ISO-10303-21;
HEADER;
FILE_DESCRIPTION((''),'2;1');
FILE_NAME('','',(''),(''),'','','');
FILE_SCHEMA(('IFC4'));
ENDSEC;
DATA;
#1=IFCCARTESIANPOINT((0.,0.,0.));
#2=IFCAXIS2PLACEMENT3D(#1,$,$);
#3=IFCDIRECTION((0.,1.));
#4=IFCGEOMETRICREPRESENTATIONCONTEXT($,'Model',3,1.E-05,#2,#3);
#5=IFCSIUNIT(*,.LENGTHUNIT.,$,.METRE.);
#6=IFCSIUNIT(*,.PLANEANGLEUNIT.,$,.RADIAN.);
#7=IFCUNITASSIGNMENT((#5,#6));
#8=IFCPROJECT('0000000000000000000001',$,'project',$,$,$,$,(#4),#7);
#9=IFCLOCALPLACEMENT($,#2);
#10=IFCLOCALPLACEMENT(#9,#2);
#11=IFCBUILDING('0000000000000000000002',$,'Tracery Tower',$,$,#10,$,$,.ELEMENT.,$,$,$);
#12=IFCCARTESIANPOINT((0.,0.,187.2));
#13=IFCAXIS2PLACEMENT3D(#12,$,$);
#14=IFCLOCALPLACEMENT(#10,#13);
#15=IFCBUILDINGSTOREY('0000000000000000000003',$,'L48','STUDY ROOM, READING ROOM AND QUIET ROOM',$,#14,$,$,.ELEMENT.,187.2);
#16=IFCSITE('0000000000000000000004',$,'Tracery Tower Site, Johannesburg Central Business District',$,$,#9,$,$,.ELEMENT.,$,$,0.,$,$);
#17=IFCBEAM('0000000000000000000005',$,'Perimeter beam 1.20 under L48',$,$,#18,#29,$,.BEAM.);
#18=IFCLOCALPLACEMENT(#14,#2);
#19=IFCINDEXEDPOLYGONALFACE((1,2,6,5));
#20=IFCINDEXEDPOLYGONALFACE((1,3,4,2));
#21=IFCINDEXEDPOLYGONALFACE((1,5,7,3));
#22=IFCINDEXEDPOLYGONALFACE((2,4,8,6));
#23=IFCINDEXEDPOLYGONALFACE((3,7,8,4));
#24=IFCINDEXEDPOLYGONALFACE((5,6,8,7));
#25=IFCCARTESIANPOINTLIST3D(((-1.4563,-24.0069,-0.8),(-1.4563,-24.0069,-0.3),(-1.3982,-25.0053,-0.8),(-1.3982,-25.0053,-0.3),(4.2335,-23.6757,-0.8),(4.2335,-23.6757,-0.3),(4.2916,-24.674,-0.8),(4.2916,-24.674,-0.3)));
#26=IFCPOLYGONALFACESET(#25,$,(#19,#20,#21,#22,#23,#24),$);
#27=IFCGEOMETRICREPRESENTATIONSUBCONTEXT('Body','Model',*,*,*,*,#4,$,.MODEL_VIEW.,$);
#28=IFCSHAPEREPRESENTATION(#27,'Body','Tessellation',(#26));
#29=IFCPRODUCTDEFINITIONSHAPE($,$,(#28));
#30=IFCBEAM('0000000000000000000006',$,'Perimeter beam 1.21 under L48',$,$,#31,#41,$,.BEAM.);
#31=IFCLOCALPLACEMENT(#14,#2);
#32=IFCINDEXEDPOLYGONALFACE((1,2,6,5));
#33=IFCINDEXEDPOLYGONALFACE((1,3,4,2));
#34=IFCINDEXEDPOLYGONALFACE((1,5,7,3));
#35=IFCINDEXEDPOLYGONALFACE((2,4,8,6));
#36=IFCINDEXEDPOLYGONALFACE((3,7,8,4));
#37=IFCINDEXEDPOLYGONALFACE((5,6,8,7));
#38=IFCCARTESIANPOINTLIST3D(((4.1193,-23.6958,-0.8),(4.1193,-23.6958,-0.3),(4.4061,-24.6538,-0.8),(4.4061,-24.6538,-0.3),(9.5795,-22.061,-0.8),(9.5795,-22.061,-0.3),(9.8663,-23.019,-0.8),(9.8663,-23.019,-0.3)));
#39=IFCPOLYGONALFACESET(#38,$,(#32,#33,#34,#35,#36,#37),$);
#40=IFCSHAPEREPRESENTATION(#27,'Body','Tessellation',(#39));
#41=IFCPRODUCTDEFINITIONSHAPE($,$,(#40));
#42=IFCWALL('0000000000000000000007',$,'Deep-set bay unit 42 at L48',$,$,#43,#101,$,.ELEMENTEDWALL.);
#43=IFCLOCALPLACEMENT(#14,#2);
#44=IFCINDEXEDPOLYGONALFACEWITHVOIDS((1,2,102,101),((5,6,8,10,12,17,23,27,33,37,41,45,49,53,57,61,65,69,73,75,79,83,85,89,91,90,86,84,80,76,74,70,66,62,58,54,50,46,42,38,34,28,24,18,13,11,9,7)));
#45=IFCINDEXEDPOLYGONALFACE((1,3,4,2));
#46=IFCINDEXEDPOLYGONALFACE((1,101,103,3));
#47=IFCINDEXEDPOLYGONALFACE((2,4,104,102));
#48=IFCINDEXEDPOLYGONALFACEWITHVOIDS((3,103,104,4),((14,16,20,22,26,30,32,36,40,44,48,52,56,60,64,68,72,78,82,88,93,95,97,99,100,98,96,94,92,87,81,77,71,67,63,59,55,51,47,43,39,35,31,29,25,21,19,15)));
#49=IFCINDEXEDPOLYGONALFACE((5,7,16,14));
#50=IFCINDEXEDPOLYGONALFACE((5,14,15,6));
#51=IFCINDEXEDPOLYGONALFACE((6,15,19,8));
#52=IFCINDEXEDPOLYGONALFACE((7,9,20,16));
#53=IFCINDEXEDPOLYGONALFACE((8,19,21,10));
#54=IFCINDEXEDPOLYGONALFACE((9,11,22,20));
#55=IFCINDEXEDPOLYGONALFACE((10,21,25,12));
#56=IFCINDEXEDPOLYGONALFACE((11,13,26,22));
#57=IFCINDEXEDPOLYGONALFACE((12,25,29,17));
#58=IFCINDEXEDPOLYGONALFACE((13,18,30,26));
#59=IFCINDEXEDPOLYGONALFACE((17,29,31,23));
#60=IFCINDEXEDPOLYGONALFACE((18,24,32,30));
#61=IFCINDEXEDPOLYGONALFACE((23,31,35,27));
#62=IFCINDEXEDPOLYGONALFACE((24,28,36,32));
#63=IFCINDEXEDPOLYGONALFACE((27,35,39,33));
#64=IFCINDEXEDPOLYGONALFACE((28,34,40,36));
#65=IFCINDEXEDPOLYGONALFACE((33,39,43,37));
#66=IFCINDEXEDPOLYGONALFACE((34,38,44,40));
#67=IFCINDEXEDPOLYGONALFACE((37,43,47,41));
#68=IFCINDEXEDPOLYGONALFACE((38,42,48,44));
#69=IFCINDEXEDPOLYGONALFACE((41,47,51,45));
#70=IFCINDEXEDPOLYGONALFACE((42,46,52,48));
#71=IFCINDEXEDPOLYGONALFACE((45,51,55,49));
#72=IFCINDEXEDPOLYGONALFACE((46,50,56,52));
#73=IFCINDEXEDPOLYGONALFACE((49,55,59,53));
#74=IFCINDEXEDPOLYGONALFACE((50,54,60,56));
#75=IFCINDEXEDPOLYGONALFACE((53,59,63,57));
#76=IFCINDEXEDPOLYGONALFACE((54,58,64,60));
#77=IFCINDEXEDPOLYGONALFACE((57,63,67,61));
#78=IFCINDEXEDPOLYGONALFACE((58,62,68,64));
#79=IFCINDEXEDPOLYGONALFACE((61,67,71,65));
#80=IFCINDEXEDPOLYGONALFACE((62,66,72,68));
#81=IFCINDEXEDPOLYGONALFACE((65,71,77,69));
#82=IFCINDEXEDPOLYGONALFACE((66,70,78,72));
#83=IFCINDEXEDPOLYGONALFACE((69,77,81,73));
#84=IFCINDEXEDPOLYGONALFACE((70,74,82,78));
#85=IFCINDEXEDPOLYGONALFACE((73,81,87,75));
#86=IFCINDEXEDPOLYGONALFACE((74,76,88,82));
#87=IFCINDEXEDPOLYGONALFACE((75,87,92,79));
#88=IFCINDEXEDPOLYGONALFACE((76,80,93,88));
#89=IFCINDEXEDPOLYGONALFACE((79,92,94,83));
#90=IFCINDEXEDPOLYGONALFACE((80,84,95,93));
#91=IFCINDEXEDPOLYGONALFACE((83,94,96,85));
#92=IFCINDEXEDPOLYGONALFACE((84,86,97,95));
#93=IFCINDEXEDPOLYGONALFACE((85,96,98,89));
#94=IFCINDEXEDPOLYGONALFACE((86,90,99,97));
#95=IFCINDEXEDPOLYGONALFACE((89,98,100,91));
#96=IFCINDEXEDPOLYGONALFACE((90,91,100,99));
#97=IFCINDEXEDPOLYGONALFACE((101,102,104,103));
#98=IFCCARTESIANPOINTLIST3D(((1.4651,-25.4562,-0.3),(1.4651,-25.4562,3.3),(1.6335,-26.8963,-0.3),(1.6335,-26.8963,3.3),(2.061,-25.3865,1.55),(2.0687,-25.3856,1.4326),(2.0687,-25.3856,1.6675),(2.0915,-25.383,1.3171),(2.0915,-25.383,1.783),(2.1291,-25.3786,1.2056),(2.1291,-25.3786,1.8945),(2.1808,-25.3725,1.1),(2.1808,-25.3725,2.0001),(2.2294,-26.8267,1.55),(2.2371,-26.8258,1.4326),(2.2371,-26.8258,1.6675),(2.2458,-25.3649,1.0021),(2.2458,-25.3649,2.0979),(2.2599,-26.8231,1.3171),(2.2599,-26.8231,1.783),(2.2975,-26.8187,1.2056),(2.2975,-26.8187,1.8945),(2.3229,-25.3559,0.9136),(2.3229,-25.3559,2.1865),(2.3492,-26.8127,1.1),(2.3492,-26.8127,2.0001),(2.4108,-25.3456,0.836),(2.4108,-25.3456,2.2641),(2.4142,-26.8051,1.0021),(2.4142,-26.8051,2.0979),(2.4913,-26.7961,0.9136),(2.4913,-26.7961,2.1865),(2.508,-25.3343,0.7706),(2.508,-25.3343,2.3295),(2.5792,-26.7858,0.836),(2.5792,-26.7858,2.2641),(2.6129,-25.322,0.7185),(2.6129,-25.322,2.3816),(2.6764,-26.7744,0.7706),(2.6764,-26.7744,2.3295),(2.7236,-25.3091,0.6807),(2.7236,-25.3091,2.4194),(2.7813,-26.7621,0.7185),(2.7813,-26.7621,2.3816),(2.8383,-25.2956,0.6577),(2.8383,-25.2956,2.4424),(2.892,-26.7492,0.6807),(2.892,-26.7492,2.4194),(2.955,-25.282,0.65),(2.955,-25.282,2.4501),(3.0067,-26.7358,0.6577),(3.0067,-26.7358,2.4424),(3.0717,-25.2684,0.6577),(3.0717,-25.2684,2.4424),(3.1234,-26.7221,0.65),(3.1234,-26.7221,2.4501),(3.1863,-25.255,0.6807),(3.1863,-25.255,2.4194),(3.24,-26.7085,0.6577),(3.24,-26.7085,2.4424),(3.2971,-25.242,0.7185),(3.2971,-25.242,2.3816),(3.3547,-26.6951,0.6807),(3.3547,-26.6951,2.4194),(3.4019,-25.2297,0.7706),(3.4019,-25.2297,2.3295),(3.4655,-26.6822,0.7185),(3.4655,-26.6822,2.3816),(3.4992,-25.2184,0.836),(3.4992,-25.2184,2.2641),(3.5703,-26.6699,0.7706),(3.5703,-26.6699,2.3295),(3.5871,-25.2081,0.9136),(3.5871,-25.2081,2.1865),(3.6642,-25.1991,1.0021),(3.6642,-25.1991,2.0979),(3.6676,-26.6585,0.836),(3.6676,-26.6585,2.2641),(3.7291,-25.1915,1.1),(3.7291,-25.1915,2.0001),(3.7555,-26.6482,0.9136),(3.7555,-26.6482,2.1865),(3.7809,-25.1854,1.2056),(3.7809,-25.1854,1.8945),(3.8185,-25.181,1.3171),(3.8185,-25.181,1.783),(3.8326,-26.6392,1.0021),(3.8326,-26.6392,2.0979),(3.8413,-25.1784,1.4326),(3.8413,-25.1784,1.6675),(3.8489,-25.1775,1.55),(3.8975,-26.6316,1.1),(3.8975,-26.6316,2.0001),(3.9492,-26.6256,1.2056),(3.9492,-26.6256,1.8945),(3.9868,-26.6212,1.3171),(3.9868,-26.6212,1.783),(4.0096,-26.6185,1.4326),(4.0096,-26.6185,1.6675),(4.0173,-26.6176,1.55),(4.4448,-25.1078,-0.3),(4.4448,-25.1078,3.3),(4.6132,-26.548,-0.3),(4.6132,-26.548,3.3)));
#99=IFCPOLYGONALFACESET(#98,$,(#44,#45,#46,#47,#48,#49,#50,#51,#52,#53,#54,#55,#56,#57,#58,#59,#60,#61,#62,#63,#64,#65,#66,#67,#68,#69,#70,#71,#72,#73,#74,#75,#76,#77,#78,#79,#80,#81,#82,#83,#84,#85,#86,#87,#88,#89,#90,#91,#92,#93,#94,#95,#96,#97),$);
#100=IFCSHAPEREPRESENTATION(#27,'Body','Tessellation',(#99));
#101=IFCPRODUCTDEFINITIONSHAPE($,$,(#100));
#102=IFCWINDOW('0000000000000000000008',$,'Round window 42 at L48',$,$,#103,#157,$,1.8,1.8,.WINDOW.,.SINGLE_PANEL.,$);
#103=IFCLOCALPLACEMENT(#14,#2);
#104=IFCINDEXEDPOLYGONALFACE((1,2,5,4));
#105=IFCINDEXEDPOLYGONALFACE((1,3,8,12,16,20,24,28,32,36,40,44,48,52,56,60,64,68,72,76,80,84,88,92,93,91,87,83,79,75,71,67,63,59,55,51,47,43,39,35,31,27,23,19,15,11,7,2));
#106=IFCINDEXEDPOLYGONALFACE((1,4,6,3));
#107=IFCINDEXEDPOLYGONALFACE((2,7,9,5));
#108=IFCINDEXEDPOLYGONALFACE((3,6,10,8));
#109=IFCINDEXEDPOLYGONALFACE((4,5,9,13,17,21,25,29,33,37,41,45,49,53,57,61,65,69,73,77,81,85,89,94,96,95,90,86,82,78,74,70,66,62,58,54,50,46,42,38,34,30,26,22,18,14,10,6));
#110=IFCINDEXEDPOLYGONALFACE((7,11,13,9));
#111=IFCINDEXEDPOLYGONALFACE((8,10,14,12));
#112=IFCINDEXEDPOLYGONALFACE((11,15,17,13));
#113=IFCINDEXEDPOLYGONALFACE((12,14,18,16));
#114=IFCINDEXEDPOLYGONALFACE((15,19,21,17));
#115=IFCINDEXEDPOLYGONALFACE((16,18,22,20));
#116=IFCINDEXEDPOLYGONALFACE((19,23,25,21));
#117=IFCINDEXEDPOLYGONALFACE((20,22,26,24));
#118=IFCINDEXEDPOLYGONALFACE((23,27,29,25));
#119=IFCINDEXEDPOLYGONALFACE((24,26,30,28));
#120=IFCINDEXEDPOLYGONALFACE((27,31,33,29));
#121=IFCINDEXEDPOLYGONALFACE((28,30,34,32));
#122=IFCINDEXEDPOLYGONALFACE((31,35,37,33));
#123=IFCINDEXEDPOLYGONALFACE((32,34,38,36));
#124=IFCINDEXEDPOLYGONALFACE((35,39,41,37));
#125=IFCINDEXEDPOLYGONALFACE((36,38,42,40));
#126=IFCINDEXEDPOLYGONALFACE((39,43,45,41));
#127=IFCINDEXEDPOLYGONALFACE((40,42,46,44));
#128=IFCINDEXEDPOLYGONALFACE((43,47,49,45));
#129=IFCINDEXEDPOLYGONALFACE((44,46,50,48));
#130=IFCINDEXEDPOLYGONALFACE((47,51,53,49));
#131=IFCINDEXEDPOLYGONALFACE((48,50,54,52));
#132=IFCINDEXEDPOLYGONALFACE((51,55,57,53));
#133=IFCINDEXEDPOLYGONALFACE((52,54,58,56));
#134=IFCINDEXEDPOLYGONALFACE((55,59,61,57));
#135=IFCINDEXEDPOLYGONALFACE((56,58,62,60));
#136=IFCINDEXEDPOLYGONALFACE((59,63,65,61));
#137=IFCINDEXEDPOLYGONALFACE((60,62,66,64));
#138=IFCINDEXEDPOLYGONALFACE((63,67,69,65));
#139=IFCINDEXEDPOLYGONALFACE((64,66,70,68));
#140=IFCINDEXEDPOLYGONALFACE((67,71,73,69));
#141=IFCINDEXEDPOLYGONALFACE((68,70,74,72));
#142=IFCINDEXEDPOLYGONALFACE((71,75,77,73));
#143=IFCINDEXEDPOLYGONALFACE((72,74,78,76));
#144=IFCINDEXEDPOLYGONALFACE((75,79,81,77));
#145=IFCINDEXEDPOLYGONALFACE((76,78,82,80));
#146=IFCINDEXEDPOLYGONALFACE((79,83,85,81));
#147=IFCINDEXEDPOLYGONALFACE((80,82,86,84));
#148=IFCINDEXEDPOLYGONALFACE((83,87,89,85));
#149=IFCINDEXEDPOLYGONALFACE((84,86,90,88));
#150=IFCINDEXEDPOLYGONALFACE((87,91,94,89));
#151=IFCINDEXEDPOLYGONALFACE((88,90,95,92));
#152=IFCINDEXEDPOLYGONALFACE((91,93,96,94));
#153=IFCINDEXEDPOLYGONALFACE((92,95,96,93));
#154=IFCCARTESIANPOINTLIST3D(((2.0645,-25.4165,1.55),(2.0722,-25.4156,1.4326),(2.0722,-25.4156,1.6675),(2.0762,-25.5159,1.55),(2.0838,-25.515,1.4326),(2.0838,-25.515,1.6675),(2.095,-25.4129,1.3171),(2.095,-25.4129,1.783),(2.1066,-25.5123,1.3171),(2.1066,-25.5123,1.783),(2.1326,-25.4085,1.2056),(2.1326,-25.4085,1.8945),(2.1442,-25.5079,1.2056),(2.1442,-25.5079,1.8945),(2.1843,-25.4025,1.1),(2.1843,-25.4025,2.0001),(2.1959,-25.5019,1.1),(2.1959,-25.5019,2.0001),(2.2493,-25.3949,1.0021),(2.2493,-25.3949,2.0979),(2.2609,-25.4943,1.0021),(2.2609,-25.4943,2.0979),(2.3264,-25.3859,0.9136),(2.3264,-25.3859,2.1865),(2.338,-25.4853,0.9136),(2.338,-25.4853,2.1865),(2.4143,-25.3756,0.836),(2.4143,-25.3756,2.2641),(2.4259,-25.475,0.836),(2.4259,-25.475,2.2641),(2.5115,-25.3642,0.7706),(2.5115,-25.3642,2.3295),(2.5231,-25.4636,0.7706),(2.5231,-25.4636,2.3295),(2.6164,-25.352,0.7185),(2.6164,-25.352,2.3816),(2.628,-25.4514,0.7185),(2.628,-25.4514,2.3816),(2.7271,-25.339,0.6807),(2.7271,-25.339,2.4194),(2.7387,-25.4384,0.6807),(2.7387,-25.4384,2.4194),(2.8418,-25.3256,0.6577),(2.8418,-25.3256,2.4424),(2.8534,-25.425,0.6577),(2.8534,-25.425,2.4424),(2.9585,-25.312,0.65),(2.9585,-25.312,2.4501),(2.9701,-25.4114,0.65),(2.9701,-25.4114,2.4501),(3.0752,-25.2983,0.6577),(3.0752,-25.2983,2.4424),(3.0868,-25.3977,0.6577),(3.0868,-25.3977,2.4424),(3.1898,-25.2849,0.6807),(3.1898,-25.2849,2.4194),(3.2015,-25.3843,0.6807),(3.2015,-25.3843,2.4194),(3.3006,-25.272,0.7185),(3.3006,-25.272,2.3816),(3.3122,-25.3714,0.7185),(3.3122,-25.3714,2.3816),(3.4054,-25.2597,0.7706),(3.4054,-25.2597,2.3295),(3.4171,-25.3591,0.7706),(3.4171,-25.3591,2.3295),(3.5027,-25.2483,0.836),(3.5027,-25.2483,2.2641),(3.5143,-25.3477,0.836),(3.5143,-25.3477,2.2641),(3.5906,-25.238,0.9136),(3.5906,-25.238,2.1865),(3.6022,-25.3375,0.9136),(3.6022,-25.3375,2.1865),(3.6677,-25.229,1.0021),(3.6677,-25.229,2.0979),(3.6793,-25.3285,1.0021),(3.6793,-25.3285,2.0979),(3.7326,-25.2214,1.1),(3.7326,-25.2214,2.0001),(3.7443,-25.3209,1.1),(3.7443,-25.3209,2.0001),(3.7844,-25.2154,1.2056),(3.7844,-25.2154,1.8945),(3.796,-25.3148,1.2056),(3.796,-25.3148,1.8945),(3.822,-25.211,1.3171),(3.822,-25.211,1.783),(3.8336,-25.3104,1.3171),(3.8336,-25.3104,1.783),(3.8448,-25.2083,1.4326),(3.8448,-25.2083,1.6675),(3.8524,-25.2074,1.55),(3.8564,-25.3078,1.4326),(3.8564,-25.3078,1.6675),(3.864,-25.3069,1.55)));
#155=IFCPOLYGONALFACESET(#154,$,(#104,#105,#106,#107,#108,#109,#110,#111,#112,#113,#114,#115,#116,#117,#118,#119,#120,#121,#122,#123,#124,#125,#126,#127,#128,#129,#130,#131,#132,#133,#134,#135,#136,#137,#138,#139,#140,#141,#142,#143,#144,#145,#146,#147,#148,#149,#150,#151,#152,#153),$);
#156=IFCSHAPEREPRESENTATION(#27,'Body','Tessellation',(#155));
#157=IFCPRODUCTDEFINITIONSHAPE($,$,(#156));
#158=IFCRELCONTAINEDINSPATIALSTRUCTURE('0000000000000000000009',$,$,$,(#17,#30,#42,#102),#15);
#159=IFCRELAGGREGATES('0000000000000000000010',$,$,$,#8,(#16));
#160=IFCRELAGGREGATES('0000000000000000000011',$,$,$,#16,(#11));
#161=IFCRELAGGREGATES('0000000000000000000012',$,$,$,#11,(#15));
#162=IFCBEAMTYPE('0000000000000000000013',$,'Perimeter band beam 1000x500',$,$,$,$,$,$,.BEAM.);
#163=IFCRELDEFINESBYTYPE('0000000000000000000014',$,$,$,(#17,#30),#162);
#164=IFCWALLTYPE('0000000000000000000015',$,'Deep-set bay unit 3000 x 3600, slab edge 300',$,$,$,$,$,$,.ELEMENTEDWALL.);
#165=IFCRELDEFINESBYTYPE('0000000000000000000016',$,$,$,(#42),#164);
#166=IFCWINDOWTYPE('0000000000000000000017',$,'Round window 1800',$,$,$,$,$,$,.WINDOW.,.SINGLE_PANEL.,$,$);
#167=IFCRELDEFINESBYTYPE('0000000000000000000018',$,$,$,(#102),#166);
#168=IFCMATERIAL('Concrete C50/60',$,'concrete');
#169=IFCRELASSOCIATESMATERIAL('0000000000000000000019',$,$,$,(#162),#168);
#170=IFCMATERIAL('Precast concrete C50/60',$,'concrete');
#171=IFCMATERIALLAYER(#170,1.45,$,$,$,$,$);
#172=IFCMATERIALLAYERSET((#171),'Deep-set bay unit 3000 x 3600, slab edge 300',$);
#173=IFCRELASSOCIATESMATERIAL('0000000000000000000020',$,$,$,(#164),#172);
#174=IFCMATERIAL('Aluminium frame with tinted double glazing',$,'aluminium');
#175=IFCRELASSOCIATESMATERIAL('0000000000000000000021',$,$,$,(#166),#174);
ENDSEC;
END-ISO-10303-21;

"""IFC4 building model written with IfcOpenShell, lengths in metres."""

from ifc_helpers import new_model, si_unit, direction, frame, frame_2d, origin, origin_2d, place, context, subcontext, project, spatial, rectangle, circle, extrude, material, layer, layer_set, material_profile, profile_set, type_object, element, fill, save


model = new_model("IFC4")

# Units and contexts
model_context = context("Model", 3, precision=1e-05, world=origin(), true_north=direction((0.0, 1.0)))
body_context = subcontext(model_context, "Body", "Model", "MODEL_VIEW")
ifc_project = project(units=[si_unit("LENGTHUNIT", "METRE"), si_unit("PLANEANGLEUNIT", "RADIAN")], contexts=[model_context])

# Site, building, storey
site_placement = place(None, origin())
site = spatial("IfcSite", under=ifc_project, at=site_placement, Name="Tracery Tower Site, Johannesburg Central Business District", CompositionType="ELEMENT", RefElevation=0.0)
building_placement = place(site_placement, origin())
building = spatial("IfcBuilding", under=site, at=building_placement, Name="Tracery Tower", CompositionType="ELEMENT")
storey_placement = place(building_placement, frame((0.0, 0.0, 187.2)))
storey = spatial("IfcBuildingStorey", under=building, at=storey_placement, Name="L48", Description="STUDY ROOM, READING ROOM AND QUIET ROOM", CompositionType="ELEMENT", Elevation=187.2)

# Beams
ifc_material_1 = material(Name="Concrete C50/60", Category="concrete")
ifc_material_profile_1 = material_profile(ifc_material_1, rectangle(XDim=1.0, YDim=0.5, at=origin_2d()), Name="RC 1000x500")
ifc_profile_set_1 = profile_set([ifc_material_profile_1], Name="Concrete C50/60")
beam_type = type_object("IfcBeamType", Name="Perimeter band beam 1000x500", PredefinedType="BEAM", material=ifc_profile_set_1)
beam_1_placement = place(storey_placement, frame((-1.4272, -24.5061, -0.55), z_axis=(0.998309, 0.058127, 0.0), x_axis=(-0.058127, 0.998309, 0.0)))
element("IfcBeam", 1, at=beam_1_placement, inside=storey, type_object=beam_type, Name="Perimeter beam 1.20 under L48", PredefinedType="BEAM", context=body_context, shape_type="SweptSolid", body=[
    extrude(rectangle(XDim=1.0, YDim=0.5, at=origin_2d()), origin(), (0.0, 0.0, 1.0), 5.6995),
])
beam_2_placement = place(storey_placement, frame((4.2627, -24.1748, -0.55), z_axis=(0.957985, 0.286817, 0.0), x_axis=(-0.286817, 0.957985, 0.0)))
element("IfcBeam", 2, at=beam_2_placement, inside=storey, type_object=beam_type, Name="Perimeter beam 1.21 under L48", PredefinedType="BEAM", context=body_context, shape_type="SweptSolid", body=[
    extrude(rectangle(XDim=1.0, YDim=0.5, at=origin_2d()), origin(), (0.0, 0.0, 1.0), 5.6997),
])

# Wall, opening, window
ifc_material_2 = material(Name="Precast concrete C50/60", Category="concrete")
ifc_layer_1 = layer(ifc_material_2, 1.45)
ifc_layer_set_1 = layer_set([ifc_layer_1], Name="Deep-set bay unit 3000 x 3600, slab edge 300")
wall_type_1 = type_object("IfcWallType", Name="Deep-set bay unit 3000 x 3600, slab edge 300", PredefinedType="ELEMENTEDWALL", material=ifc_layer_set_1)
wall_1_placement = place(storey_placement, frame((1.5493, -26.1763, -0.3), z_axis=(0.0, 0.0, 1.0), x_axis=(0.993234, 0.116128, 0.0)))
wall_1 = element("IfcWall", 3, at=wall_1_placement, inside=storey, type_object=wall_type_1, Name="Deep-set bay unit 42 at L48", PredefinedType="ELEMENTEDWALL", context=body_context, shape_type="SweptSolid", body=[
    extrude(rectangle(XDim=3.0, YDim=1.45, at=frame_2d((1.5, 0.0))), origin(), (0.0, 0.0, 1.0), 3.6001),
])
opening_1_placement = place(wall_1_placement, frame((1.5, 0.0, 1.8501)))
opening_1 = element("IfcOpeningElement", 4, at=opening_1_placement, cuts=wall_1, PredefinedType="OPENING", context=body_context, shape_type="SweptSolid", body=[
    extrude(circle(Radius=0.9, at=origin_2d()), frame((0.0, 0.7349, 0.0), z_axis=(0.0, -1.0, 0.0), x_axis=(1.0, 0.0, 0.0)), (0.0, 0.0, 1.0), 1.47),
])
ifc_material_3 = material(Name="Aluminium frame with tinted double glazing", Category="aluminium")
window_type = type_object("IfcWindowType", Name="Round window 1800", PartitioningType="SINGLE_PANEL", PredefinedType="WINDOW", material=ifc_material_3)
window_1_placement = place(opening_1_placement, origin())
window_1 = element("IfcWindow", 5, at=window_1_placement, inside=storey, type_object=window_type, Name="Round window 42 at L48", OverallHeight=1.8, OverallWidth=1.8, PartitioningType="SINGLE_PANEL", PredefinedType="WINDOW", context=body_context, shape_type="SweptSolid", body=[
    extrude(circle(Radius=0.9, at=origin_2d()), frame((0.0, 0.6948, 0.0), z_axis=(0.0, -1.0, 0.0), x_axis=(1.0, 0.0, 0.0)), (0.0, 0.0, 1.0), 0.1001),
])
fill(opening_1, window_1)

save(model, "model.ifc")
